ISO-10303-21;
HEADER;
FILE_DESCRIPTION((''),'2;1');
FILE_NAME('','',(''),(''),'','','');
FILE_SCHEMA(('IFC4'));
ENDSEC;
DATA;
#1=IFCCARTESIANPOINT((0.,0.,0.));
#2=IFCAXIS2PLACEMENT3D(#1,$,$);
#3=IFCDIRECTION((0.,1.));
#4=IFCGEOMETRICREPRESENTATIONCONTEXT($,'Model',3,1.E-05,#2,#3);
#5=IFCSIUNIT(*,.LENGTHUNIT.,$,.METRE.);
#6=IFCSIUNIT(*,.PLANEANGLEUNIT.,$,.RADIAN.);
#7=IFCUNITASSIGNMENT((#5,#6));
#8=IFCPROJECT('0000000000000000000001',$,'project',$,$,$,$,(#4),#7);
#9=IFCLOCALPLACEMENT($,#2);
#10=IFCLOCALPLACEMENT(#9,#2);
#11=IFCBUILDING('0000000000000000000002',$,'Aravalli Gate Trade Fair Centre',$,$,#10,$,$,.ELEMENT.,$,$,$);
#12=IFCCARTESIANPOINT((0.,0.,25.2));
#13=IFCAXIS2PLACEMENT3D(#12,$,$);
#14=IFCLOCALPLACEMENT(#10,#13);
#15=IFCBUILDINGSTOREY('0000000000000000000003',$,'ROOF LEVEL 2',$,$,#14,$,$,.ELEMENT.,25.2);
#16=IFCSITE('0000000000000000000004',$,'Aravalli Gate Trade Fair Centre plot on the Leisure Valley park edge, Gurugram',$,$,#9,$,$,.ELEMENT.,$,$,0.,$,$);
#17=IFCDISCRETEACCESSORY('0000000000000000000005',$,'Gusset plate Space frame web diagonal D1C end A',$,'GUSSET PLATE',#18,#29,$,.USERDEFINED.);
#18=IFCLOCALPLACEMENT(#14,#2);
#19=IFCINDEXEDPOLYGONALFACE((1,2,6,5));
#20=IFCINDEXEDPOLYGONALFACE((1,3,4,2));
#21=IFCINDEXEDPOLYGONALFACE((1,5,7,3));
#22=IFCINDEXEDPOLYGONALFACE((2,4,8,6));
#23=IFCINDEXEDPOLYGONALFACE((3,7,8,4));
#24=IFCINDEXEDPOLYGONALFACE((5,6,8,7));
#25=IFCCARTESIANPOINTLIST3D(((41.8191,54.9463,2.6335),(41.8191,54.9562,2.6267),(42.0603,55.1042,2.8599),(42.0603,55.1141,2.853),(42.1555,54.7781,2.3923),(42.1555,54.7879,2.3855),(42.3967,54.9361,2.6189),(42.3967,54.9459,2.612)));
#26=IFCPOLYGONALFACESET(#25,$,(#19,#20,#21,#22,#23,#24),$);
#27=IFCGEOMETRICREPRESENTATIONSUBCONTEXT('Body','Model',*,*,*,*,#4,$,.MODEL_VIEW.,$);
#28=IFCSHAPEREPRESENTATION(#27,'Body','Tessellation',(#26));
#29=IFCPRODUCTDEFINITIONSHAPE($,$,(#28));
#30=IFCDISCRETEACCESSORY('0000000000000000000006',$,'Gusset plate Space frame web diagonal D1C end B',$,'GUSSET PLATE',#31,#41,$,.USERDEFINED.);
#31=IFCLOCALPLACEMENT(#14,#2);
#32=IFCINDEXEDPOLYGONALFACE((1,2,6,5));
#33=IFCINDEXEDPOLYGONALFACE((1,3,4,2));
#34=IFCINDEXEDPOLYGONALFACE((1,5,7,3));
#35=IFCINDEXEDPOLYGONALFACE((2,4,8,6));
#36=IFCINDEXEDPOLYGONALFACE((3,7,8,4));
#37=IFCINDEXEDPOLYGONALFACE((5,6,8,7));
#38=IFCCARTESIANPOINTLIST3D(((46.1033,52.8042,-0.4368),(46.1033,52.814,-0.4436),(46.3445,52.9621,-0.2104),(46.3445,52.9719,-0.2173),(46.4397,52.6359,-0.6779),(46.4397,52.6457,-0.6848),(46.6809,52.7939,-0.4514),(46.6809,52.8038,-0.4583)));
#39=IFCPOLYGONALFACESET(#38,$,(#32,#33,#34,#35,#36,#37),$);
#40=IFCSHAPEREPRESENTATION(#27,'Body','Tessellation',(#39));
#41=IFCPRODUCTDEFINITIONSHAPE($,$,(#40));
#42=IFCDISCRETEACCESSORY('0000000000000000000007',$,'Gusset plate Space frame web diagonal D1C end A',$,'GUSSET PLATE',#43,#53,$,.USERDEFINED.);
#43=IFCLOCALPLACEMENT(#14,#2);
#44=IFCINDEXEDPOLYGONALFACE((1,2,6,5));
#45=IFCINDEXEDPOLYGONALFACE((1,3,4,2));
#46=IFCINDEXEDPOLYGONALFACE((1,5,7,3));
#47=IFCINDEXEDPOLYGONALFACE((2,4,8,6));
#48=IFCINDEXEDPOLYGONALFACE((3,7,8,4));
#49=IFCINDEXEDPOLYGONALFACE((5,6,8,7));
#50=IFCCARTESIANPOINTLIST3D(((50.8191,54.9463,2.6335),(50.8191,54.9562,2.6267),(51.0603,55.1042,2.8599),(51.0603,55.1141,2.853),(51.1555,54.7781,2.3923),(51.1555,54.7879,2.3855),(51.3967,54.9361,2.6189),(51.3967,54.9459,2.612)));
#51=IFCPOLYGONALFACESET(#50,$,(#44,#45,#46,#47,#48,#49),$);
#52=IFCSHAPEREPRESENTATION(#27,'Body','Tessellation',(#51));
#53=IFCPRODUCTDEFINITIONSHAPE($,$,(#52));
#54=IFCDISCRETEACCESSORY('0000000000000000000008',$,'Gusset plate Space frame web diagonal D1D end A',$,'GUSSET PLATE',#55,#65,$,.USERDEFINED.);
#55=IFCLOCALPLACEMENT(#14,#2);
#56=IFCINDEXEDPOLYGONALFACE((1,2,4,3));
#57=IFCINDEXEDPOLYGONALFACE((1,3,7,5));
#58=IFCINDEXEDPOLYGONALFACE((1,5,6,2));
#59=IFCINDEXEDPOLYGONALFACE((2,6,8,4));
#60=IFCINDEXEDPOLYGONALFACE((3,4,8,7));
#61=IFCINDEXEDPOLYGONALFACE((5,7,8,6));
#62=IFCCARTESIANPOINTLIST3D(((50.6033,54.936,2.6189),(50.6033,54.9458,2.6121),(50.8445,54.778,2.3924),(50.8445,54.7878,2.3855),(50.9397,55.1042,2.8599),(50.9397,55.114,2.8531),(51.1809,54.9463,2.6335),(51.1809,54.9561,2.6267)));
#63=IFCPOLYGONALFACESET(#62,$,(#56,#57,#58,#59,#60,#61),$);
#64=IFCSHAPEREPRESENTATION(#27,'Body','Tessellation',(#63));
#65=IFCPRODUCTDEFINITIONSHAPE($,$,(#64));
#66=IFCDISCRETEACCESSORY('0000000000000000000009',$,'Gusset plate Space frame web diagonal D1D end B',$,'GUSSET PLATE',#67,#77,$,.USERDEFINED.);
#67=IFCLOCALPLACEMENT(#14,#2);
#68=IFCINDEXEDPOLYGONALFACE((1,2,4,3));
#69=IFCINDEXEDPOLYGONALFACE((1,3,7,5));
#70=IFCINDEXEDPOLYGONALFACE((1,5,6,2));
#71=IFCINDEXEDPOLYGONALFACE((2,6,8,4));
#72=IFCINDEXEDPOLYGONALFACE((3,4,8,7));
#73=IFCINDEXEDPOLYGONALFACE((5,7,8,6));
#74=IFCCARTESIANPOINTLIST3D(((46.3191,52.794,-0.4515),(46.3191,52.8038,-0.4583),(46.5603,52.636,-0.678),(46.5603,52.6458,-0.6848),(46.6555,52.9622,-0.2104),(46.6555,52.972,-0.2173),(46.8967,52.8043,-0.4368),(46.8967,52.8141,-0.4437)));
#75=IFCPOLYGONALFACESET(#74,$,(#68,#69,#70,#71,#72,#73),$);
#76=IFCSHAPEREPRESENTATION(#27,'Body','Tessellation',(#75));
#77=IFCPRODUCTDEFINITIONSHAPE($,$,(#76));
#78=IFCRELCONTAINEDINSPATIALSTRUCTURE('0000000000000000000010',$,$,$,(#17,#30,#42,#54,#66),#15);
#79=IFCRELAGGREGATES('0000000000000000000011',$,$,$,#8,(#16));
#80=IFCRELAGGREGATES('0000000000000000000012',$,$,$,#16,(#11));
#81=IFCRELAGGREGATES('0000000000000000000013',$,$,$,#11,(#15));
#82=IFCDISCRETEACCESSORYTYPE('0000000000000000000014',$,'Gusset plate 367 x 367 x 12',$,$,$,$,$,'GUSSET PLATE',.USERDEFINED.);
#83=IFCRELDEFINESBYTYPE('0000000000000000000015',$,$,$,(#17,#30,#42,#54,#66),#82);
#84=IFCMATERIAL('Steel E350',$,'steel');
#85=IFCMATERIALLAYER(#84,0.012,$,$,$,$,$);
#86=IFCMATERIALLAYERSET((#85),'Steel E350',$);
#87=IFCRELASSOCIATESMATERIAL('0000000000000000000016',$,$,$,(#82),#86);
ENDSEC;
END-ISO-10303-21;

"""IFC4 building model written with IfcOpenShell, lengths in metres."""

from ifc_helpers import new_model, si_unit, direction, frame, origin, place, context, subcontext, project, spatial, polyline, outline, extrude, material, layer, layer_set, type_object, element, save


model = new_model("IFC4")

# Units and contexts
model_context = context("Model", 3, precision=1e-05, world=origin(), true_north=direction((0.0, 1.0)))
body_context = subcontext(model_context, "Body", "Model", "MODEL_VIEW")
ifc_project = project(units=[si_unit("LENGTHUNIT", "METRE"), si_unit("PLANEANGLEUNIT", "RADIAN")], contexts=[model_context])

# Site, building, storey
site_placement = place(None, origin())
site = spatial("IfcSite", under=ifc_project, at=site_placement, Name="Aravalli Gate Trade Fair Centre plot on the Leisure Valley park edge, Gurugram", CompositionType="ELEMENT", RefElevation=0.0)
building_placement = place(site_placement, origin())
building = spatial("IfcBuilding", under=site, at=building_placement, Name="Aravalli Gate Trade Fair Centre", CompositionType="ELEMENT")
storey_placement = place(building_placement, frame((0.0, 0.0, 25.2)))
storey = spatial("IfcBuildingStorey", under=building, at=storey_placement, Name="ROOF LEVEL 2", CompositionType="ELEMENT", Elevation=25.2)

# Shared definitions
ifc_material = material(Name="Steel E350", Category="steel")

# Discrete accessories
ifc_layer = layer(ifc_material, 0.012)
ifc_layer_set = layer_set([ifc_layer], Name="Steel E350")
discrete_accessory_type = type_object("IfcDiscreteAccessoryType", Name="Gusset plate 367 x 367 x 12", ElementType="GUSSET PLATE", PredefinedType="USERDEFINED", material=ifc_layer_set)
discrete_accessory_1_placement = place(storey_placement, frame((42.1555, 54.7781, 2.3923), z_axis=(-0.000049, -0.820141, 0.572161), x_axis=(-0.75291, 0.376583, 0.539733)))
element("IfcDiscreteAccessory", 1, at=discrete_accessory_1_placement, inside=storey, type_object=discrete_accessory_type, Name="Gusset plate Space frame web diagonal D1C end A", ObjectType="GUSSET PLATE", PredefinedType="USERDEFINED", context=body_context, shape_type="SweptSolid", body=[
    extrude(outline(polyline([(0.0, 0.0), (0.4468, 0.0), (0.4469, -0.3665), (0.0002, -0.3667), (0.0, 0.0)])), origin(), (0.0, 0.0, -1.0), 0.012),
])
discrete_accessory_2_placement = place(storey_placement, frame((46.1033, 52.8042, -0.4368), z_axis=(-0.000049, -0.820141, 0.572161), x_axis=(0.75291, -0.376583, -0.539733)))
element("IfcDiscreteAccessory", 2, at=discrete_accessory_2_placement, inside=storey, type_object=discrete_accessory_type, Name="Gusset plate Space frame web diagonal D1C end B", ObjectType="GUSSET PLATE", PredefinedType="USERDEFINED", context=body_context, shape_type="SweptSolid", body=[
    extrude(outline(polyline([(0.0, 0.0), (0.4468, 0.0), (0.4467, 0.3667), (0.0, 0.3665), (0.0, 0.0)])), origin(), (0.0, 0.0, -1.0), 0.012),
])
discrete_accessory_3_placement = place(storey_placement, frame((51.1555, 54.7781, 2.3923), z_axis=(-0.000049, -0.820141, 0.572161), x_axis=(-0.75291, 0.376583, 0.539733)))
element("IfcDiscreteAccessory", 3, at=discrete_accessory_3_placement, inside=storey, type_object=discrete_accessory_type, Name="Gusset plate Space frame web diagonal D1C end A", ObjectType="GUSSET PLATE", PredefinedType="USERDEFINED", context=body_context, shape_type="SweptSolid", body=[
    extrude(outline(polyline([(0.0, 0.0), (0.4468, 0.0), (0.4469, -0.3665), (0.0002, -0.3667), (0.0, 0.0)])), origin(), (0.0, 0.0, -1.0), 0.012),
])
discrete_accessory_4_placement = place(storey_placement, frame((50.6033, 54.936, 2.6189), z_axis=(0.000049, -0.820141, 0.572161), x_axis=(0.753132, 0.376438, 0.539524)))
element("IfcDiscreteAccessory", 4, at=discrete_accessory_4_placement, inside=storey, type_object=discrete_accessory_type, Name="Gusset plate Space frame web diagonal D1D end A", ObjectType="GUSSET PLATE", PredefinedType="USERDEFINED", context=body_context, shape_type="SweptSolid", body=[
    extrude(outline(polyline([(0.0, 0.0), (0.4467, 0.0), (0.4468, -0.3665), (0.0, -0.3667), (0.0, 0.0)])), origin(), (0.0, 0.0, -1.0), 0.012),
])
discrete_accessory_5_placement = place(storey_placement, frame((46.6555, 52.9622, -0.2104), z_axis=(0.000049, -0.820141, 0.572161), x_axis=(-0.753132, -0.376438, -0.539524)))
element("IfcDiscreteAccessory", 5, at=discrete_accessory_5_placement, inside=storey, type_object=discrete_accessory_type, Name="Gusset plate Space frame web diagonal D1D end B", ObjectType="GUSSET PLATE", PredefinedType="USERDEFINED", context=body_context, shape_type="SweptSolid", body=[
    extrude(outline(polyline([(0.0, 0.0), (0.4467, 0.0), (0.4467, 0.3667), (-0.0001, 0.3665), (0.0, 0.0)])), origin(), (0.0, 0.0, -1.0), 0.012),
])

save(model, "model.ifc")
